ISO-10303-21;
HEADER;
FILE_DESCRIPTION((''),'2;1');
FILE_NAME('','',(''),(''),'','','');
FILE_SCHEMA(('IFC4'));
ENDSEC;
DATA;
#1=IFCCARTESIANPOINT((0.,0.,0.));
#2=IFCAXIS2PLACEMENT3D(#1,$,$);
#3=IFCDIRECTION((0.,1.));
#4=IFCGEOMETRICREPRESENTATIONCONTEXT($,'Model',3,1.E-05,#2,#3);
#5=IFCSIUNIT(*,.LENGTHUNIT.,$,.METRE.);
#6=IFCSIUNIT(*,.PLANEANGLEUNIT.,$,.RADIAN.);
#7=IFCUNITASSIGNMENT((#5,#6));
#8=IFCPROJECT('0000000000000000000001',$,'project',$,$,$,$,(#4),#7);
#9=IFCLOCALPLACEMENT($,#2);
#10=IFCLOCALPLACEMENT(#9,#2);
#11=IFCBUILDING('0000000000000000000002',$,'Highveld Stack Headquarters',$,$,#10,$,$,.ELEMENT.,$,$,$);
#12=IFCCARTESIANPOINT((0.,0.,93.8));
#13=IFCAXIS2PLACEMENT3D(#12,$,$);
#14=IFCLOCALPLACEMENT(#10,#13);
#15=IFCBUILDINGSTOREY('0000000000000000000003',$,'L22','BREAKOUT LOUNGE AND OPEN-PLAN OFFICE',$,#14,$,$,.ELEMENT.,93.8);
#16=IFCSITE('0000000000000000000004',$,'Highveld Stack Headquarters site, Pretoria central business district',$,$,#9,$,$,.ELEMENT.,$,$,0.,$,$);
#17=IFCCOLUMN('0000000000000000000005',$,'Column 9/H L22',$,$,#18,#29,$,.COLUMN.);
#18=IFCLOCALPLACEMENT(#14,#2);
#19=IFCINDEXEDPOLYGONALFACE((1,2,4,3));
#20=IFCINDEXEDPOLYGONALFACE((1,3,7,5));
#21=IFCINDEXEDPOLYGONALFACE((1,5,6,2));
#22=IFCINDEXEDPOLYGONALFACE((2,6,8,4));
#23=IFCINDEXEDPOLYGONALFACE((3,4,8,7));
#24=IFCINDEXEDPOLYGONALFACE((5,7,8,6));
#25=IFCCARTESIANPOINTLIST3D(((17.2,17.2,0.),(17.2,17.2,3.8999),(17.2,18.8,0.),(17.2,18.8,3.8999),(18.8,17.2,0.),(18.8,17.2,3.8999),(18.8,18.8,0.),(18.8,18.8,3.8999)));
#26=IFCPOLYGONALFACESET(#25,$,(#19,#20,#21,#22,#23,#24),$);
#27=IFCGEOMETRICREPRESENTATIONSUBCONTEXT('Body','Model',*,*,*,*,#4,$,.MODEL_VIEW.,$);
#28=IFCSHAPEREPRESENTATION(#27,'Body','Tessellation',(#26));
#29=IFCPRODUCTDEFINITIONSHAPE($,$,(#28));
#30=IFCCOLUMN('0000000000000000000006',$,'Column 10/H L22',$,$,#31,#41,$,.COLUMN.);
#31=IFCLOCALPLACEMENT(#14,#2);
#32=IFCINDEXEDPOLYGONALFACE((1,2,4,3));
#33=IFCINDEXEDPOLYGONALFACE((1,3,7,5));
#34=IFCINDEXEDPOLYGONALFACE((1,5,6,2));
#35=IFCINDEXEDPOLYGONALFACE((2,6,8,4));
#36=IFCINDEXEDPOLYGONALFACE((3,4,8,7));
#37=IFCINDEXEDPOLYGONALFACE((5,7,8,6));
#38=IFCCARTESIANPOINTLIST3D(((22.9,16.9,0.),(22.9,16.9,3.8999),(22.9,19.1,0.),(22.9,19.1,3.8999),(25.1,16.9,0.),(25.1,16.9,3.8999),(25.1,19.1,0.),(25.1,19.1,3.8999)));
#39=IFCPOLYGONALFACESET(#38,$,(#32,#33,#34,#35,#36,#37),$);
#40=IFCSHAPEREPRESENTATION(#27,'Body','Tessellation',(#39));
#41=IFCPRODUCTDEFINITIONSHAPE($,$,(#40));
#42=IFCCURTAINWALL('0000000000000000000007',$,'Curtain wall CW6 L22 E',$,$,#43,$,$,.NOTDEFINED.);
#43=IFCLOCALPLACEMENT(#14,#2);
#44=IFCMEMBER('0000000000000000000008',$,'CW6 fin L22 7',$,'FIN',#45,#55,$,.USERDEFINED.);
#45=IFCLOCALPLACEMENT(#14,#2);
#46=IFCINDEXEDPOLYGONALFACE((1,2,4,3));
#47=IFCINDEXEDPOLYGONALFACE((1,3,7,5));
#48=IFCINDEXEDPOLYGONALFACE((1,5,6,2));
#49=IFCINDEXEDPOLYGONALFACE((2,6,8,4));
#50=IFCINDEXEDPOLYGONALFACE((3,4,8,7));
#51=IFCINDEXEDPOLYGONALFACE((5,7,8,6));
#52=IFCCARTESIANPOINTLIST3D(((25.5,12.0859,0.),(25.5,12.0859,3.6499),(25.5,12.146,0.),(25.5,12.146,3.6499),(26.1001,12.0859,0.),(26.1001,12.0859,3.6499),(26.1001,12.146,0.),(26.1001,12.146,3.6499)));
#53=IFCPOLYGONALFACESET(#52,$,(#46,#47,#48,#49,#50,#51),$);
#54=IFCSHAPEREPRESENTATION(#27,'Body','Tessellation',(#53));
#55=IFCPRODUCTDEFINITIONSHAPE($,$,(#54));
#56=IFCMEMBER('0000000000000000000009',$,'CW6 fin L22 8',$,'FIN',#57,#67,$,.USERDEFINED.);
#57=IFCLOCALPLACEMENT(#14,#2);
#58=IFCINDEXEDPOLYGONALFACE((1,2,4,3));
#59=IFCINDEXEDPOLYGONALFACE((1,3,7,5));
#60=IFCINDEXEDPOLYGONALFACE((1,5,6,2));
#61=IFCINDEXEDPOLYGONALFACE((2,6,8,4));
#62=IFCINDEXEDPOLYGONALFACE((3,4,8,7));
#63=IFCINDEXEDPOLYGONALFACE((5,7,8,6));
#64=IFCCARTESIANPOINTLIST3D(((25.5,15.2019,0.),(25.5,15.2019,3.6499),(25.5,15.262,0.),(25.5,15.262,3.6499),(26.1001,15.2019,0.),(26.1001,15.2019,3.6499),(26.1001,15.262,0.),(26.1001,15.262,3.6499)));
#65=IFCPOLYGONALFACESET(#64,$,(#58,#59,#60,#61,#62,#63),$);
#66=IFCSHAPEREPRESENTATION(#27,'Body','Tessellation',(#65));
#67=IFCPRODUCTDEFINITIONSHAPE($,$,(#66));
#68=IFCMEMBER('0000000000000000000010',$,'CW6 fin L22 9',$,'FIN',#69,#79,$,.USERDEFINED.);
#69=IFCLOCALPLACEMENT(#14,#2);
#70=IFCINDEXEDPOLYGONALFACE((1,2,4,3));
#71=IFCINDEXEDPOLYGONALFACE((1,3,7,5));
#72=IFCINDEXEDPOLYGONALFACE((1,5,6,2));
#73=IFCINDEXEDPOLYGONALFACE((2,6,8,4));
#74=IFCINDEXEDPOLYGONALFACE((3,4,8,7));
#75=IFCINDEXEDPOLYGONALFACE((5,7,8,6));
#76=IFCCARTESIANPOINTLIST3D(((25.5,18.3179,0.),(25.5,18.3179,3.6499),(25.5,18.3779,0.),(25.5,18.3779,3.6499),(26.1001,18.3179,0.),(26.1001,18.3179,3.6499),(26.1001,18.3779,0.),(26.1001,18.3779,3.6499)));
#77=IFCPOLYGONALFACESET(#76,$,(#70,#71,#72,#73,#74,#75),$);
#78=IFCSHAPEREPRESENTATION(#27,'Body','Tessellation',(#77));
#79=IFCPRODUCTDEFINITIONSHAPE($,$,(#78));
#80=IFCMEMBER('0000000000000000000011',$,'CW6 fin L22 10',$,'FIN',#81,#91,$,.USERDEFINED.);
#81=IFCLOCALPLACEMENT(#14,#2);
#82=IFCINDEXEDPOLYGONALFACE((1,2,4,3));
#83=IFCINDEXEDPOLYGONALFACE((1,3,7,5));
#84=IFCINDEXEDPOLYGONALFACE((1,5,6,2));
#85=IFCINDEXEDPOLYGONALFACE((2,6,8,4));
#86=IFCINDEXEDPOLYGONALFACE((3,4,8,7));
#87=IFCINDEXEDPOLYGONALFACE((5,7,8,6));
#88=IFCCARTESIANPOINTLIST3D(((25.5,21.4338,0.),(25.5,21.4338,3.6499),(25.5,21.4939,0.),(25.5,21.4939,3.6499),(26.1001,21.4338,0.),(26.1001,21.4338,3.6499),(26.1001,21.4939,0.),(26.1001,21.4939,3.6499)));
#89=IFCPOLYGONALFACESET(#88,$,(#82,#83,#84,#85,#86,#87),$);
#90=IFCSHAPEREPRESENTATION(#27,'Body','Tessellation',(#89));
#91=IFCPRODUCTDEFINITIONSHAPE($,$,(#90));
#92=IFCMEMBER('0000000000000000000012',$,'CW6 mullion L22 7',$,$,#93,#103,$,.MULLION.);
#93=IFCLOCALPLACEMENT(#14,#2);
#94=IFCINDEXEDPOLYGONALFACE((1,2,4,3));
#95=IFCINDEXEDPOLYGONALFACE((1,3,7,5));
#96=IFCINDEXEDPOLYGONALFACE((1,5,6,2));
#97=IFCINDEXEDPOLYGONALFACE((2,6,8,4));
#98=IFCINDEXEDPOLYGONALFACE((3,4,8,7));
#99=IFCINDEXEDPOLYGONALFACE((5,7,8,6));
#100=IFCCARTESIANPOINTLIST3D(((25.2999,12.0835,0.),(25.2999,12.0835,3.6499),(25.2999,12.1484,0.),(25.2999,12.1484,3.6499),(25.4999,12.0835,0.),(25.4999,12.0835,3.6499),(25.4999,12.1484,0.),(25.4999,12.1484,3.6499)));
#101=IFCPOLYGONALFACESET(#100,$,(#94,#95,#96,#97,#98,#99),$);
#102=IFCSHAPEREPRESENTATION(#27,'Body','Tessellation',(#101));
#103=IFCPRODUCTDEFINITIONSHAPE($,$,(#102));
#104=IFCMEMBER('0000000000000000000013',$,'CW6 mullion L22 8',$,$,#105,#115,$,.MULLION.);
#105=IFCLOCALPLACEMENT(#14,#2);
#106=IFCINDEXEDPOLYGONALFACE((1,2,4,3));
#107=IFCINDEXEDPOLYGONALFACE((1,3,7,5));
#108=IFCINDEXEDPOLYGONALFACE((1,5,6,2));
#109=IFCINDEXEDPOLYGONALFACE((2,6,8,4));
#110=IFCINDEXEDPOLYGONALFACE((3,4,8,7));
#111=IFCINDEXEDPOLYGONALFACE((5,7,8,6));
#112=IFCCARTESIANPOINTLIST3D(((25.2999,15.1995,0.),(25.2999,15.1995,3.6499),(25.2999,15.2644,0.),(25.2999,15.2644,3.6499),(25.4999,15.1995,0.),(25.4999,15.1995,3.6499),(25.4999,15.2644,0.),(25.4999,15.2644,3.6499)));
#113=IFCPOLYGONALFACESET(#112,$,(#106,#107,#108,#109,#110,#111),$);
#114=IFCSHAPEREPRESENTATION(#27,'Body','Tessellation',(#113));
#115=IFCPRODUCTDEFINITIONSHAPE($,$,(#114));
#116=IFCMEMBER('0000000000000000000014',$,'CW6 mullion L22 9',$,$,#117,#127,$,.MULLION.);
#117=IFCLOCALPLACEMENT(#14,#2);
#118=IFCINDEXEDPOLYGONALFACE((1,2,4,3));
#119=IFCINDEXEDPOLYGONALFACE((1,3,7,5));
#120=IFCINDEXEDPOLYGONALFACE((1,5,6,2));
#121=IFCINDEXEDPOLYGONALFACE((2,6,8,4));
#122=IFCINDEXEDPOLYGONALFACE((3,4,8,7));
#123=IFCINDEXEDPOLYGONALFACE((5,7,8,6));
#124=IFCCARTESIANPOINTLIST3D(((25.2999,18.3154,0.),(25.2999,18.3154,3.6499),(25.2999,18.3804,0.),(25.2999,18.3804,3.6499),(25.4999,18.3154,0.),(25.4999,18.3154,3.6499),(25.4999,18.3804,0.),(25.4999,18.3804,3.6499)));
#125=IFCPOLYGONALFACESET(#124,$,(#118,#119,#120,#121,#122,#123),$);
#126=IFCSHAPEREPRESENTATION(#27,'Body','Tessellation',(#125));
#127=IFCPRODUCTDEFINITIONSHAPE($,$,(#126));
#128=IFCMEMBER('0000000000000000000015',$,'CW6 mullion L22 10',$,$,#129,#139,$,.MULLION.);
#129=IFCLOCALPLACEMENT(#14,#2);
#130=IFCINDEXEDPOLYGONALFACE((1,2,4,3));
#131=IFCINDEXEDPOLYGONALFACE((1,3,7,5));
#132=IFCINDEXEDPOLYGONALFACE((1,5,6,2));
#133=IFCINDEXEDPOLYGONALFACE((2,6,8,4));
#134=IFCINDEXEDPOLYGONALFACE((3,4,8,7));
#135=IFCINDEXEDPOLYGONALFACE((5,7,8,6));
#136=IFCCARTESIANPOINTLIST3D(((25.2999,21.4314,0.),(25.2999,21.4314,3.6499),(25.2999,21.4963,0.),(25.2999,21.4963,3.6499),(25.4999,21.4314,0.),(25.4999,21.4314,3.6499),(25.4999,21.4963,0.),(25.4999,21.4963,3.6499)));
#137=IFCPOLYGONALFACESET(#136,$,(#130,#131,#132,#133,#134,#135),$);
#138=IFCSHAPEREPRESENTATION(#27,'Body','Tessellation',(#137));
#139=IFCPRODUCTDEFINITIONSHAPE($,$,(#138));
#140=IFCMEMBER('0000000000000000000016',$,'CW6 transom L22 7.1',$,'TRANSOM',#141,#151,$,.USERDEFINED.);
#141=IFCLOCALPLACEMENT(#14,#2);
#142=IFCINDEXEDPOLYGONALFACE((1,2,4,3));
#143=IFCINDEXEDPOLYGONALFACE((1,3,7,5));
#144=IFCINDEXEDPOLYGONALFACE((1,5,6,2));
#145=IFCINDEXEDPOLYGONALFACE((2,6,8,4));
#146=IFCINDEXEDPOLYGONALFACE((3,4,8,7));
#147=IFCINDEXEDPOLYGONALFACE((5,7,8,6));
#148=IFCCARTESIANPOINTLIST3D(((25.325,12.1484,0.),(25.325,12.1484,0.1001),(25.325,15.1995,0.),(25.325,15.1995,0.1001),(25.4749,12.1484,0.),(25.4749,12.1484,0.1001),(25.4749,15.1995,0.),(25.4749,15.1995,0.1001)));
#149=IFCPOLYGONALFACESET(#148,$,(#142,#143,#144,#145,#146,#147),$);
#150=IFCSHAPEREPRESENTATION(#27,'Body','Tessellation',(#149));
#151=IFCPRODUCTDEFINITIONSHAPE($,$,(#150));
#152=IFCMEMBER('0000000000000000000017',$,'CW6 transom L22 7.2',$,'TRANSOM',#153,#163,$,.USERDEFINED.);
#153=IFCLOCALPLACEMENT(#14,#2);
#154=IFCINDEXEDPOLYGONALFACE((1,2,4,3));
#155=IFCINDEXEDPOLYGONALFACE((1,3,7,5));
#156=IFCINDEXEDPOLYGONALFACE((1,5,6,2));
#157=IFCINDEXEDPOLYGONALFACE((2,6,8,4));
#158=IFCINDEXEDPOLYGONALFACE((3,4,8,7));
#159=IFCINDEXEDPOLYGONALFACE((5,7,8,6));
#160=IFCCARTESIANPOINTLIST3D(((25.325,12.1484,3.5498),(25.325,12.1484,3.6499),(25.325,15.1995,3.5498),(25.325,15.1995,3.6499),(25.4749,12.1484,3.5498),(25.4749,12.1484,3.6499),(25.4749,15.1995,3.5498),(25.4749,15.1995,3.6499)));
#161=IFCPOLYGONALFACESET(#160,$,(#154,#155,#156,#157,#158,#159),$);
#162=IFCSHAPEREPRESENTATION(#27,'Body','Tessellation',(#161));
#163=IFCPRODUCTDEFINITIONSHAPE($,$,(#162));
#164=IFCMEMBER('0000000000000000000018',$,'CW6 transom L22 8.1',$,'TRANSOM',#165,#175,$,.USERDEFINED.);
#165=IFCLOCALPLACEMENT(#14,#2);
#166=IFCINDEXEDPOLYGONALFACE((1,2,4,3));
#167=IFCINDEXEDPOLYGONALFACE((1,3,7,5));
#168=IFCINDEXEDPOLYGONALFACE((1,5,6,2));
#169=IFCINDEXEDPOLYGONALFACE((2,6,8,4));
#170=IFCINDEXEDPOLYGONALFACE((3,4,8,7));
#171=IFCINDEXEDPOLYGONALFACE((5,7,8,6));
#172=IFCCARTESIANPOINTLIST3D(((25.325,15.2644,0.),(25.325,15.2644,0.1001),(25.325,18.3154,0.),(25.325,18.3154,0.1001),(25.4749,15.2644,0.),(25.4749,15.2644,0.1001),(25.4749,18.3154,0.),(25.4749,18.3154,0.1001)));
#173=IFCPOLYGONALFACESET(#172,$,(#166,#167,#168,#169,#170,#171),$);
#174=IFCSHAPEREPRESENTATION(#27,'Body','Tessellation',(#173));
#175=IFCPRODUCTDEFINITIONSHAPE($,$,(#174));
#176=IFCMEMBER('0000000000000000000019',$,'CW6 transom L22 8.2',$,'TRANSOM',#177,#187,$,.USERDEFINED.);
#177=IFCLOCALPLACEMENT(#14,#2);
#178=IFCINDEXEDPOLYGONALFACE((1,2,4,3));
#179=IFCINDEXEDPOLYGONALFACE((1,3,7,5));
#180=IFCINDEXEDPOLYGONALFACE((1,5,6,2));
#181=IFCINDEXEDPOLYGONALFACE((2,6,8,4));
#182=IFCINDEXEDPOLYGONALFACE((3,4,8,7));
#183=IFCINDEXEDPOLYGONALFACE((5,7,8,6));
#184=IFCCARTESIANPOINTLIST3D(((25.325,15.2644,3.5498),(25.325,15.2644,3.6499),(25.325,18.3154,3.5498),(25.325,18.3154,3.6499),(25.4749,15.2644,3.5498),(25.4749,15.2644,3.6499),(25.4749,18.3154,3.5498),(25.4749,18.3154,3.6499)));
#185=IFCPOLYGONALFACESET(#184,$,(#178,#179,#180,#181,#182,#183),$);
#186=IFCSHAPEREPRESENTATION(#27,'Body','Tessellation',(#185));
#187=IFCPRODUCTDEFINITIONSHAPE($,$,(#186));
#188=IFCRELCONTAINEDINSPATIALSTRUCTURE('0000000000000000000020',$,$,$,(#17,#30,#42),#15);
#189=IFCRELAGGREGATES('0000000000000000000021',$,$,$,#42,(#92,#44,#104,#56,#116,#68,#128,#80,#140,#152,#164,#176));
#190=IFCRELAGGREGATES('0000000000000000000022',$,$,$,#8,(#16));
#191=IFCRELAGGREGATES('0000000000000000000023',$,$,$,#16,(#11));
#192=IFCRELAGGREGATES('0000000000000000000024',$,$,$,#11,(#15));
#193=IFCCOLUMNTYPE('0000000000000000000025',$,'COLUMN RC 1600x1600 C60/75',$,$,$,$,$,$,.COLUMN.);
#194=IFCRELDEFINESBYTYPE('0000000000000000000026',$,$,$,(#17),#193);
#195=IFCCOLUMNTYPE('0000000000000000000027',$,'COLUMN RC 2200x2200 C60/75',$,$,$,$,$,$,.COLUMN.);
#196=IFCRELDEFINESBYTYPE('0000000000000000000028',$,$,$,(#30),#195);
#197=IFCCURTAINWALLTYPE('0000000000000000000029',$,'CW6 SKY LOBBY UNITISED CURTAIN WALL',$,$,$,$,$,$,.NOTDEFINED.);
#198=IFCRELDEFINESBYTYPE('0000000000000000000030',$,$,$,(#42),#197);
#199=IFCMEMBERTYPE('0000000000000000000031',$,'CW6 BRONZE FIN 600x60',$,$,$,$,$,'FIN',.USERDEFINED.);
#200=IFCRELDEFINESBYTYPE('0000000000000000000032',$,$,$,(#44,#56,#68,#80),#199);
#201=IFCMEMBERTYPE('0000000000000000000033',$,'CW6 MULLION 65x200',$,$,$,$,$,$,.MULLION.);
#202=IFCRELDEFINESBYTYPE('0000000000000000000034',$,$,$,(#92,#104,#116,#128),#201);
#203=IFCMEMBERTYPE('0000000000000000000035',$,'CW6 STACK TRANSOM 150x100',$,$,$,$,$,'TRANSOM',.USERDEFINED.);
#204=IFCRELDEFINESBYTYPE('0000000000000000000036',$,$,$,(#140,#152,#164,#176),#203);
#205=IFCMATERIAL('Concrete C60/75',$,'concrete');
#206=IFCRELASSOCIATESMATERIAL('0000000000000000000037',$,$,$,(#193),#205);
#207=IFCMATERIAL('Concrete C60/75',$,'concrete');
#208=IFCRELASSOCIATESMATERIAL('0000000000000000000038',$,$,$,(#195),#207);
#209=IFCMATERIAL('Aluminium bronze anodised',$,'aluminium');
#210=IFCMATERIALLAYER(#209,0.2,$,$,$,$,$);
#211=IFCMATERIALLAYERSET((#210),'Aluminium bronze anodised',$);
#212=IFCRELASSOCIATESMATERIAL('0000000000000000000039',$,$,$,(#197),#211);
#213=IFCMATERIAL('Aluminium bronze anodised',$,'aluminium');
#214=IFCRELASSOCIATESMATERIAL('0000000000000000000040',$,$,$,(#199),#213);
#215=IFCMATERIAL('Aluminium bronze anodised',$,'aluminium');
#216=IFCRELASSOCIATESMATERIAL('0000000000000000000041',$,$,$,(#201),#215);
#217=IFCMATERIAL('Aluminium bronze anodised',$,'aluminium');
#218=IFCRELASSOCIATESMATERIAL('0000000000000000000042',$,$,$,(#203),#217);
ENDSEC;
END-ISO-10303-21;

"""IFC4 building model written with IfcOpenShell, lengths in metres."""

from ifc_helpers import new_model, si_unit, direction, frame, origin, origin_2d, place, context, subcontext, project, spatial, rectangle, extrude, material, layer, layer_set, material_profile, profile_set, type_object, element, aggregate, save


model = new_model("IFC4")

# Units and contexts
model_context = context("Model", 3, precision=1e-05, world=origin(), true_north=direction((0.0, 1.0)))
body_context = subcontext(model_context, "Body", "Model", "MODEL_VIEW")
ifc_project = project(units=[si_unit("LENGTHUNIT", "METRE"), si_unit("PLANEANGLEUNIT", "RADIAN")], contexts=[model_context])

# Site, building, storey
site_placement = place(None, origin())
site = spatial("IfcSite", under=ifc_project, at=site_placement, Name="Highveld Stack Headquarters site, Pretoria central business district", CompositionType="ELEMENT", RefElevation=0.0)
building_placement = place(site_placement, origin())
building = spatial("IfcBuilding", under=site, at=building_placement, Name="Highveld Stack Headquarters", CompositionType="ELEMENT")
storey_placement = place(building_placement, frame((0.0, 0.0, 93.8)))
storey = spatial("IfcBuildingStorey", under=building, at=storey_placement, Name="L22", Description="BREAKOUT LOUNGE AND OPEN-PLAN OFFICE", CompositionType="ELEMENT", Elevation=93.8)

# Columns
ifc_material_1 = material(Name="Concrete C60/75", Category="concrete")
ifc_material_profile_1 = material_profile(ifc_material_1, rectangle(XDim=1.6001, YDim=1.6001, at=origin_2d()), Name="RC 1600x1600")
ifc_profile_set_1 = profile_set([ifc_material_profile_1], Name="Concrete C60/75")
column_type_1 = type_object("IfcColumnType", Name="COLUMN RC 1600x1600 C60/75", PredefinedType="COLUMN", material=ifc_profile_set_1)
column_1_placement = place(storey_placement, frame((18.0, 18.0, 0.0), z_axis=(0.0, 0.0, 1.0), x_axis=(1.0, 0.0, 0.0)))
element("IfcColumn", 1, at=column_1_placement, inside=storey, type_object=column_type_1, Name="Column 9/H L22", PredefinedType="COLUMN", context=body_context, shape_type="SweptSolid", body=[
    extrude(rectangle(XDim=1.6001, YDim=1.6001, at=origin_2d()), origin(), (0.0, 0.0, 1.0), 3.8999),
])
ifc_material_2 = material(Name="Concrete C60/75", Category="concrete")
ifc_material_profile_2 = material_profile(ifc_material_2, rectangle(XDim=2.2, YDim=2.2, at=origin_2d()), Name="RC 2200x2200")
ifc_profile_set_2 = profile_set([ifc_material_profile_2], Name="Concrete C60/75")
column_type_2 = type_object("IfcColumnType", Name="COLUMN RC 2200x2200 C60/75", PredefinedType="COLUMN", material=ifc_profile_set_2)
column_2_placement = place(storey_placement, frame((24.0, 18.0, 0.0), z_axis=(0.0, 0.0, 1.0), x_axis=(1.0, 0.0, 0.0)))
element("IfcColumn", 2, at=column_2_placement, inside=storey, type_object=column_type_2, Name="Column 10/H L22", PredefinedType="COLUMN", context=body_context, shape_type="SweptSolid", body=[
    extrude(rectangle(XDim=2.2, YDim=2.2, at=origin_2d()), origin(), (0.0, 0.0, 1.0), 3.8999),
])

# Curtain wall, members
ifc_material_3 = material(Name="Aluminium bronze anodised", Category="aluminium")
ifc_layer_1 = layer(ifc_material_3, 0.2)
ifc_layer_set_1 = layer_set([ifc_layer_1], Name="Aluminium bronze anodised")
curtain_wall_type = type_object("IfcCurtainWallType", Name="CW6 SKY LOBBY UNITISED CURTAIN WALL", PredefinedType="NOTDEFINED", material=ifc_layer_set_1)
curtain_wall_placement = place(storey_placement, origin())
curtain_wall = element("IfcCurtainWall", 3, at=curtain_wall_placement, inside=storey, type_object=curtain_wall_type, Name="Curtain wall CW6 L22 E", PredefinedType="NOTDEFINED")
ifc_material_4 = material(Name="Aluminium bronze anodised", Category="aluminium")
ifc_material_profile_3 = material_profile(ifc_material_4, rectangle(XDim=0.6001, YDim=0.0601, at=origin_2d()), Name="FIN 600x60")
ifc_profile_set_3 = profile_set([ifc_material_profile_3], Name="Aluminium bronze anodised")
member_type_1 = type_object("IfcMemberType", Name="CW6 BRONZE FIN 600x60", ElementType="FIN", PredefinedType="USERDEFINED", material=ifc_profile_set_3)
member_1_placement = place(storey_placement, frame((25.8, 12.116, 0.0), z_axis=(0.0, 0.0, 1.0), x_axis=(-1.0, 0.0, 0.0)))
member_1 = element("IfcMember", 4, at=member_1_placement, type_object=member_type_1, Name="CW6 fin L22 7", ObjectType="FIN", PredefinedType="USERDEFINED", context=body_context, shape_type="SweptSolid", body=[
    extrude(rectangle(XDim=0.6001, YDim=0.0601, at=origin_2d()), origin(), (0.0, 0.0, 1.0), 3.6499),
])
member_2_placement = place(storey_placement, frame((25.8, 15.2319, 0.0), z_axis=(0.0, 0.0, 1.0), x_axis=(-1.0, 0.0, 0.0)))
member_2 = element("IfcMember", 5, at=member_2_placement, type_object=member_type_1, Name="CW6 fin L22 8", ObjectType="FIN", PredefinedType="USERDEFINED", context=body_context, shape_type="SweptSolid", body=[
    extrude(rectangle(XDim=0.6001, YDim=0.0601, at=origin_2d()), origin(), (0.0, 0.0, 1.0), 3.6499),
])
member_3_placement = place(storey_placement, frame((25.8, 18.3479, 0.0), z_axis=(0.0, 0.0, 1.0), x_axis=(-1.0, 0.0, 0.0)))
member_3 = element("IfcMember", 6, at=member_3_placement, type_object=member_type_1, Name="CW6 fin L22 9", ObjectType="FIN", PredefinedType="USERDEFINED", context=body_context, shape_type="SweptSolid", body=[
    extrude(rectangle(XDim=0.6001, YDim=0.0601, at=origin_2d()), origin(), (0.0, 0.0, 1.0), 3.6499),
])
member_4_placement = place(storey_placement, frame((25.8, 21.4639, 0.0), z_axis=(0.0, 0.0, 1.0), x_axis=(-1.0, 0.0, 0.0)))
member_4 = element("IfcMember", 7, at=member_4_placement, type_object=member_type_1, Name="CW6 fin L22 10", ObjectType="FIN", PredefinedType="USERDEFINED", context=body_context, shape_type="SweptSolid", body=[
    extrude(rectangle(XDim=0.6001, YDim=0.0601, at=origin_2d()), origin(), (0.0, 0.0, 1.0), 3.6499),
])
ifc_material_5 = material(Name="Aluminium bronze anodised", Category="aluminium")
ifc_material_profile_4 = material_profile(ifc_material_5, rectangle(XDim=0.2, YDim=0.0649, at=origin_2d()), Name="CW6 MULLION 65x200")
ifc_profile_set_4 = profile_set([ifc_material_profile_4], Name="Aluminium bronze anodised")
member_type_2 = type_object("IfcMemberType", Name="CW6 MULLION 65x200", PredefinedType="MULLION", material=ifc_profile_set_4)
member_5_placement = place(storey_placement, frame((25.3999, 12.116, 0.0), z_axis=(0.0, 0.0, 1.0), x_axis=(-1.0, 0.0, 0.0)))
member_5 = element("IfcMember", 8, at=member_5_placement, type_object=member_type_2, Name="CW6 mullion L22 7", PredefinedType="MULLION", context=body_context, shape_type="SweptSolid", body=[
    extrude(rectangle(XDim=0.2, YDim=0.0649, at=origin_2d()), origin(), (0.0, 0.0, 1.0), 3.6499),
])
member_6_placement = place(storey_placement, frame((25.3999, 15.2319, 0.0), z_axis=(0.0, 0.0, 1.0), x_axis=(-1.0, 0.0, 0.0)))
member_6 = element("IfcMember", 9, at=member_6_placement, type_object=member_type_2, Name="CW6 mullion L22 8", PredefinedType="MULLION", context=body_context, shape_type="SweptSolid", body=[
    extrude(rectangle(XDim=0.2, YDim=0.0649, at=origin_2d()), origin(), (0.0, 0.0, 1.0), 3.6499),
])
member_7_placement = place(storey_placement, frame((25.3999, 18.3479, 0.0), z_axis=(0.0, 0.0, 1.0), x_axis=(-1.0, 0.0, 0.0)))
member_7 = element("IfcMember", 10, at=member_7_placement, type_object=member_type_2, Name="CW6 mullion L22 9", PredefinedType="MULLION", context=body_context, shape_type="SweptSolid", body=[
    extrude(rectangle(XDim=0.2, YDim=0.0649, at=origin_2d()), origin(), (0.0, 0.0, 1.0), 3.6499),
])
member_8_placement = place(storey_placement, frame((25.3999, 21.4639, 0.0), z_axis=(0.0, 0.0, 1.0), x_axis=(-1.0, 0.0, 0.0)))
member_8 = element("IfcMember", 11, at=member_8_placement, type_object=member_type_2, Name="CW6 mullion L22 10", PredefinedType="MULLION", context=body_context, shape_type="SweptSolid", body=[
    extrude(rectangle(XDim=0.2, YDim=0.0649, at=origin_2d()), origin(), (0.0, 0.0, 1.0), 3.6499),
])
ifc_material_6 = material(Name="Aluminium bronze anodised", Category="aluminium")
ifc_material_profile_5 = material_profile(ifc_material_6, rectangle(XDim=0.1499, YDim=0.1001, at=origin_2d()), Name="CW6 TRANSOM 150x100")
ifc_profile_set_5 = profile_set([ifc_material_profile_5], Name="Aluminium bronze anodised")
member_type_3 = type_object("IfcMemberType", Name="CW6 STACK TRANSOM 150x100", ElementType="TRANSOM", PredefinedType="USERDEFINED", material=ifc_profile_set_5)
member_9_placement = place(storey_placement, frame((25.3999, 12.1484, 0.05), z_axis=(0.0, 1.0, 0.0), x_axis=(-1.0, 0.0, 0.0)))
member_9 = element("IfcMember", 12, at=member_9_placement, type_object=member_type_3, Name="CW6 transom L22 7.1", ObjectType="TRANSOM", PredefinedType="USERDEFINED", context=body_context, shape_type="SweptSolid", body=[
    extrude(rectangle(XDim=0.1499, YDim=0.1001, at=origin_2d()), origin(), (0.0, 0.0, 1.0), 3.051),
])
member_10_placement = place(storey_placement, frame((25.3999, 12.1484, 3.5999), z_axis=(0.0, 1.0, 0.0), x_axis=(-1.0, 0.0, 0.0)))
member_10 = element("IfcMember", 13, at=member_10_placement, type_object=member_type_3, Name="CW6 transom L22 7.2", ObjectType="TRANSOM", PredefinedType="USERDEFINED", context=body_context, shape_type="SweptSolid", body=[
    extrude(rectangle(XDim=0.1499, YDim=0.1001, at=origin_2d()), origin(), (0.0, 0.0, 1.0), 3.051),
])
member_11_placement = place(storey_placement, frame((25.3999, 15.2644, 0.05), z_axis=(0.0, 1.0, 0.0), x_axis=(-1.0, 0.0, 0.0)))
member_11 = element("IfcMember", 14, at=member_11_placement, type_object=member_type_3, Name="CW6 transom L22 8.1", ObjectType="TRANSOM", PredefinedType="USERDEFINED", context=body_context, shape_type="SweptSolid", body=[
    extrude(rectangle(XDim=0.1499, YDim=0.1001, at=origin_2d()), origin(), (0.0, 0.0, 1.0), 3.051),
])
member_12_placement = place(storey_placement, frame((25.3999, 15.2644, 3.5999), z_axis=(0.0, 1.0, 0.0), x_axis=(-1.0, 0.0, 0.0)))
member_12 = element("IfcMember", 15, at=member_12_placement, type_object=member_type_3, Name="CW6 transom L22 8.2", ObjectType="TRANSOM", PredefinedType="USERDEFINED", context=body_context, shape_type="SweptSolid", body=[
    extrude(rectangle(XDim=0.1499, YDim=0.1001, at=origin_2d()), origin(), (0.0, 0.0, 1.0), 3.051),
])
aggregate(curtain_wall, [member_5, member_1, member_6, member_2, member_7, member_3, member_8, member_4, member_9, member_10, member_11, member_12])

save(model, "model.ifc")
